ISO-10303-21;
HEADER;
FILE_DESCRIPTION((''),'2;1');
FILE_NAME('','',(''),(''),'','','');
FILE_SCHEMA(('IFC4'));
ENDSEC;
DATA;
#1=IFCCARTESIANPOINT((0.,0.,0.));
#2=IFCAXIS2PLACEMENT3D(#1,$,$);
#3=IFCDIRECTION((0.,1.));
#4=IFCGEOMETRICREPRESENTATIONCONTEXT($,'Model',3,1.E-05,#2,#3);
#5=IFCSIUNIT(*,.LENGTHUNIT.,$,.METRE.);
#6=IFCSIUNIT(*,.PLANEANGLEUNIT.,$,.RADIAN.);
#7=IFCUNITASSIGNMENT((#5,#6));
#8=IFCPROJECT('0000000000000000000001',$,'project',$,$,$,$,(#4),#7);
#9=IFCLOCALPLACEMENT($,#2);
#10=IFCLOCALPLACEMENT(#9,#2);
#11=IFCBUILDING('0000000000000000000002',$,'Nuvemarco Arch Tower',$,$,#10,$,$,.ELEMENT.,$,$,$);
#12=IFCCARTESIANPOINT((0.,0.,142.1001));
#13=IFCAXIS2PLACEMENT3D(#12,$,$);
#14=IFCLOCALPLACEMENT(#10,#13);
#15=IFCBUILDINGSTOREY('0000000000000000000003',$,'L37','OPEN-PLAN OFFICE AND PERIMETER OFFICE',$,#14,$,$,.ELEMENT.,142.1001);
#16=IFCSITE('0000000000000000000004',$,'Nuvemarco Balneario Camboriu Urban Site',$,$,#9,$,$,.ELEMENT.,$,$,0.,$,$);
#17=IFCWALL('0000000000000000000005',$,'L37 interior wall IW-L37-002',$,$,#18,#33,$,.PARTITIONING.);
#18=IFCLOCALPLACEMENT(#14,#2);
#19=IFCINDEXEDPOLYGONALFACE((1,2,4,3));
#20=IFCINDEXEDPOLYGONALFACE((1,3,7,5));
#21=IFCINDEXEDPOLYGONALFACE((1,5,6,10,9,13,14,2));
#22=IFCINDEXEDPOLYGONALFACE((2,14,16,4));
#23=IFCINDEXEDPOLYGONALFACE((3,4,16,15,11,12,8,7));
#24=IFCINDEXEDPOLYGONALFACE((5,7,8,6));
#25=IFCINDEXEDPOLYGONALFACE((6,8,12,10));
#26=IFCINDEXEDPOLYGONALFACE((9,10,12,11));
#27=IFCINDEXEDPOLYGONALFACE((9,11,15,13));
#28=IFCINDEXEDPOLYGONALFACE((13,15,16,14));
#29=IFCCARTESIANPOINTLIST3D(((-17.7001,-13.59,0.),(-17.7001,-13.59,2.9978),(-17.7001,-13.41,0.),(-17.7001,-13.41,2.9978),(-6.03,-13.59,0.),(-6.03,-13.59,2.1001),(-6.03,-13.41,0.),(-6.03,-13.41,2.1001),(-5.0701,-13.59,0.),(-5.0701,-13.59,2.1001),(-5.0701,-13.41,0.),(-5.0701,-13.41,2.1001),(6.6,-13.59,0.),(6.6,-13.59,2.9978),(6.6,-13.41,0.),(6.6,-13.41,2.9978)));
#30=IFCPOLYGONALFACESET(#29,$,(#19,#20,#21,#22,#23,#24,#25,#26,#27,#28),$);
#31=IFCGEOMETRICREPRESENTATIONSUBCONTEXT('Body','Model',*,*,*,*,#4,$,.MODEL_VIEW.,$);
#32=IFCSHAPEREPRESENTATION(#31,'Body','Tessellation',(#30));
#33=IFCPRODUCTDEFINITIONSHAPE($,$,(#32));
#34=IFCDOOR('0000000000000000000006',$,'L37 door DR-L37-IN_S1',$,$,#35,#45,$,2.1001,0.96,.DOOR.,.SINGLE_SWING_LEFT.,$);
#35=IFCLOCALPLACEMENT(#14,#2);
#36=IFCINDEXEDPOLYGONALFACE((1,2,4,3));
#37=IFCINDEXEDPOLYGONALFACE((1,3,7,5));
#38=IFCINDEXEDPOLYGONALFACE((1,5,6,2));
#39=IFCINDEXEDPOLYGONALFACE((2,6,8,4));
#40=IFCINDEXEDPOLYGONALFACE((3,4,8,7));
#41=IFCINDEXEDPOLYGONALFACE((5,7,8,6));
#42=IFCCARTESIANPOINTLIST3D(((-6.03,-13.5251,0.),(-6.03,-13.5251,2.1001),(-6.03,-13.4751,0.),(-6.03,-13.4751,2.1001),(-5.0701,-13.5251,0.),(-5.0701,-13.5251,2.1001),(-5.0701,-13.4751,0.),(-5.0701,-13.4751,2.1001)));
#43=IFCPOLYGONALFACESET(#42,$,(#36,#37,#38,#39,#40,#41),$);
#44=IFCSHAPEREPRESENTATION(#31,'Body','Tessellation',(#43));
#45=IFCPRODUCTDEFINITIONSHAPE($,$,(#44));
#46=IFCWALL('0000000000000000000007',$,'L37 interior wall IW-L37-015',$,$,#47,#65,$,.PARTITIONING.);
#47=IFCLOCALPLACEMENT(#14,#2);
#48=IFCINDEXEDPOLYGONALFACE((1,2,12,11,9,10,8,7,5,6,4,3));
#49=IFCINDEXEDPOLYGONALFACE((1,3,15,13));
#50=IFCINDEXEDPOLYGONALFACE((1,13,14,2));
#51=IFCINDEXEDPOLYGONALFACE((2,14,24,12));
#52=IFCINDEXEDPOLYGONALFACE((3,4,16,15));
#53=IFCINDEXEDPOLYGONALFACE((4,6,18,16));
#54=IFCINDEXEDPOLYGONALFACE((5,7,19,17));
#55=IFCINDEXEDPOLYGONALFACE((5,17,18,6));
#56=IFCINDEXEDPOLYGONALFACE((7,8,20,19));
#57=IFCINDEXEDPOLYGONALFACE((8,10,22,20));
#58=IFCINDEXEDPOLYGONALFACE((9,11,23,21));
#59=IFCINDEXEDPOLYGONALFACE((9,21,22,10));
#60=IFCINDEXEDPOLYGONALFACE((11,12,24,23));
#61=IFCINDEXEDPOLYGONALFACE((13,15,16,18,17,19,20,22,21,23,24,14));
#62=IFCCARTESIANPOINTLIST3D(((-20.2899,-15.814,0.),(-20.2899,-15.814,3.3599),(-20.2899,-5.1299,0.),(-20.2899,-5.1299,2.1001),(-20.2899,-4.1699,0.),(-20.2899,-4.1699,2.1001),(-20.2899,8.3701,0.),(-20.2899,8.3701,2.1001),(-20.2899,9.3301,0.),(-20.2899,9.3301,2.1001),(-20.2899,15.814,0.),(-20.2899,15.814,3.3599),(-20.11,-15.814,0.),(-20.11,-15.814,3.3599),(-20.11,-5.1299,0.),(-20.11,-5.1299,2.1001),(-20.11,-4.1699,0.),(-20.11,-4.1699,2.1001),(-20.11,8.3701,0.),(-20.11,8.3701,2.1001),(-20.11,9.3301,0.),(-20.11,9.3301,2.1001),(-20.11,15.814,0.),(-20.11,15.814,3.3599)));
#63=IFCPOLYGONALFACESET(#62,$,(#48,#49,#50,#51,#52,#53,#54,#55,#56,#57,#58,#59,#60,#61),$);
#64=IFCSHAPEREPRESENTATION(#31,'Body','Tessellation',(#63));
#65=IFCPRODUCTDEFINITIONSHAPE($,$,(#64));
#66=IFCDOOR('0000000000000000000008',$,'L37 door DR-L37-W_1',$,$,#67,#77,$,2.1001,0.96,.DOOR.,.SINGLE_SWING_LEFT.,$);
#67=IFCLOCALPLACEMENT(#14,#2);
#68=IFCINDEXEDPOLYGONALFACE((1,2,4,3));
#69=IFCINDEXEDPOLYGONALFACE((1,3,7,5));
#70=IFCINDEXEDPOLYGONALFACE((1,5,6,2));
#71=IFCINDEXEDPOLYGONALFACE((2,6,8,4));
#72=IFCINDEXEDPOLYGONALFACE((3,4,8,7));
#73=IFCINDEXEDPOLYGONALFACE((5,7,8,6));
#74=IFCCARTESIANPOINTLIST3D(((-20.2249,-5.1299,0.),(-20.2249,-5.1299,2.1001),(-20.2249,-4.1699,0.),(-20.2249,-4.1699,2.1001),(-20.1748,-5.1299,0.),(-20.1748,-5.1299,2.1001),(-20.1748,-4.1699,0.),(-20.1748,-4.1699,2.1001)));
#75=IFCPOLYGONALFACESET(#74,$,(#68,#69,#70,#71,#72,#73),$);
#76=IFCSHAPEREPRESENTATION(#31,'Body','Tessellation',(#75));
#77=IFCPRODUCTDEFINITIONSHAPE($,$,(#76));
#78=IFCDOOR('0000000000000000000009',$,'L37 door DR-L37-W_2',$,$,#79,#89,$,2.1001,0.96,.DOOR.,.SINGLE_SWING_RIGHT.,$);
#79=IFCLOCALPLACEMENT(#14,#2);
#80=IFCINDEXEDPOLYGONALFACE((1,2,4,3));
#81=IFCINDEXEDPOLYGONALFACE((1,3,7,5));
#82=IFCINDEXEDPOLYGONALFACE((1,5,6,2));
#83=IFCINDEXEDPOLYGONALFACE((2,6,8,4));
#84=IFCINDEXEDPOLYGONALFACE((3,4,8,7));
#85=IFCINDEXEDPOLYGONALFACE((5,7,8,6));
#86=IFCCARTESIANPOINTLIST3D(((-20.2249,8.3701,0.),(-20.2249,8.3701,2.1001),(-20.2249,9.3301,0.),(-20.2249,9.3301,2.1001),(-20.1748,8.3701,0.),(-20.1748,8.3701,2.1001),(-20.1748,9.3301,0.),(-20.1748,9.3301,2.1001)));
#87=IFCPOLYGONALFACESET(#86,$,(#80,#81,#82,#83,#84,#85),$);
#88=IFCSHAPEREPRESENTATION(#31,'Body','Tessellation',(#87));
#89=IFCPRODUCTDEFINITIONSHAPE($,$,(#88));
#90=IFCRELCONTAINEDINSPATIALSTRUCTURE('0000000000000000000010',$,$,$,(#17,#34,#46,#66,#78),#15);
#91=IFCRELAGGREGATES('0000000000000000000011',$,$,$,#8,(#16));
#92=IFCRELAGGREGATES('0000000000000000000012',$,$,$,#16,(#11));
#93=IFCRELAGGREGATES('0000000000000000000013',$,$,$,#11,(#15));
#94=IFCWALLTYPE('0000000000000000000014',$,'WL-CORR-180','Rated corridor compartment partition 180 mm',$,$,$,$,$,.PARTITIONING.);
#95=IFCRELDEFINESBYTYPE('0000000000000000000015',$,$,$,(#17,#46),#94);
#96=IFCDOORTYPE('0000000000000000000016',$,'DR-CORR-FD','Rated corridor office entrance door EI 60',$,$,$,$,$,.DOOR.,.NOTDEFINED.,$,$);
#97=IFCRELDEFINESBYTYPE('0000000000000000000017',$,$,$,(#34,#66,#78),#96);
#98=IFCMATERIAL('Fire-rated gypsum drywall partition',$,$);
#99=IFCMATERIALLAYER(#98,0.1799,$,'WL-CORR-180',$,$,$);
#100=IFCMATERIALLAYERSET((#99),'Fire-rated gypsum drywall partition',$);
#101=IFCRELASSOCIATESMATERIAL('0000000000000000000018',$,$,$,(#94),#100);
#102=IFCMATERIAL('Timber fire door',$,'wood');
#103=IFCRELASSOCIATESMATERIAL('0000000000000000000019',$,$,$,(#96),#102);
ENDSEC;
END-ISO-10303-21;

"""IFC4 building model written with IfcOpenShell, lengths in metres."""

from ifc_helpers import new_model, si_unit, direction, frame, frame_2d, origin, place, context, subcontext, project, spatial, rectangle, extrude, source, transform, mapped, material, layer, layer_set, type_object, type_shapes, element, fill, save


model = new_model("IFC4")

# Units and contexts
model_context = context("Model", 3, precision=1e-05, world=origin(), true_north=direction((0.0, 1.0)))
body_context = subcontext(model_context, "Body", "Model", "MODEL_VIEW")
ifc_project = project(units=[si_unit("LENGTHUNIT", "METRE"), si_unit("PLANEANGLEUNIT", "RADIAN")], contexts=[model_context])

# Site, building, storey
site_placement = place(None, origin())
site = spatial("IfcSite", under=ifc_project, at=site_placement, Name="Nuvemarco Balneario Camboriu Urban Site", CompositionType="ELEMENT", RefElevation=0.0)
building_placement = place(site_placement, origin())
building = spatial("IfcBuilding", under=site, at=building_placement, Name="Nuvemarco Arch Tower", CompositionType="ELEMENT")
storey_placement = place(building_placement, frame((0.0, 0.0, 142.1001)))
storey = spatial("IfcBuildingStorey", under=building, at=storey_placement, Name="L37", Description="OPEN-PLAN OFFICE AND PERIMETER OFFICE", CompositionType="ELEMENT", Elevation=142.1001)

# Shared definitions
ifc_material_1 = material(Name="Fire-rated gypsum drywall partition")
ifc_layer = layer(ifc_material_1, 0.1799, Name="WL-CORR-180")
ifc_layer_set = layer_set([ifc_layer], Name="Fire-rated gypsum drywall partition")
wall_type = type_object("IfcWallType", Name="WL-CORR-180", Description="Rated corridor compartment partition 180 mm", PredefinedType="PARTITIONING", material=ifc_layer_set)
ifc_material_2 = material(Name="Timber fire door", Category="wood")
door_type = type_object("IfcDoorType", Name="DR-CORR-FD", Description="Rated corridor office entrance door EI 60", OperationType="NOTDEFINED", PredefinedType="DOOR", material=ifc_material_2)
shared_shape = source(origin(), body_context, "Body", "SweptSolid", [
    extrude(rectangle(XDim=0.96, YDim=2.1001, at=frame_2d((0.48, 1.05))), frame((0.0, 0.0249, 0.0), z_axis=(0.0, -1.0, 0.0), x_axis=(1.0, 0.0, 0.0)), (0.0, 0.0, 1.0), 0.05),
])
type_shapes(door_type, [shared_shape])

# Wall, opening, door
wall_1_placement = place(storey_placement, frame((-17.7, -13.5, 0.0), z_axis=(0.0, 0.0, 1.0), x_axis=(1.0, 0.0, 0.0)))
wall_1 = element("IfcWall", 1, at=wall_1_placement, inside=storey, type_object=wall_type, Name="L37 interior wall IW-L37-002", PredefinedType="PARTITIONING", context=body_context, shape_type="SweptSolid", body=[
    extrude(rectangle(XDim=24.3, YDim=0.1799, at=frame_2d((12.1499, 0.0))), origin(), (0.0, 0.0, 1.0), 2.9978),
])
opening_1_placement = place(wall_1_placement, frame((11.6699, 0.0, 0.0)))
opening_1 = element("IfcOpeningElement", 2, at=opening_1_placement, cuts=wall_1, PredefinedType="OPENING", context=body_context, shape_type="SweptSolid", body=[
    extrude(rectangle(XDim=0.96, YDim=2.1001, at=frame_2d((0.48, 1.05))), frame((0.0, 0.0999, 0.0), z_axis=(0.0, -1.0, 0.0), x_axis=(1.0, 0.0, 0.0)), (0.0, 0.0, 1.0), 0.2),
])
door_1_placement = place(opening_1_placement, origin())
door_1 = element("IfcDoor", 3, at=door_1_placement, inside=storey, type_object=door_type, Name="L37 door DR-L37-IN_S1", OperationType="SINGLE_SWING_LEFT", OverallHeight=2.1001, OverallWidth=0.96, PredefinedType="DOOR", context=body_context, shape_type="MappedRepresentation", body=[
    mapped(shared_shape, transform((0.0, 0.0, 0.0), scale=1.0)),
])
fill(opening_1, door_1)

# Wall, openings, doors
wall_2_placement = place(storey_placement, frame((-20.2, -15.814, 0.0), z_axis=(0.0, 0.0, 1.0), x_axis=(0.0, 1.0, 0.0)))
wall_2 = element("IfcWall", 4, at=wall_2_placement, inside=storey, type_object=wall_type, Name="L37 interior wall IW-L37-015", PredefinedType="PARTITIONING", context=body_context, shape_type="SweptSolid", body=[
    extrude(rectangle(XDim=31.6279, YDim=0.1799, at=frame_2d((15.814, 0.0))), origin(), (0.0, 0.0, 1.0), 3.3599),
])
opening_2_placement = place(wall_2_placement, frame((10.6841, 0.0, 0.0)))
opening_2 = element("IfcOpeningElement", 5, at=opening_2_placement, cuts=wall_2, PredefinedType="OPENING", context=body_context, shape_type="SweptSolid", body=[
    extrude(rectangle(XDim=0.96, YDim=2.1001, at=frame_2d((0.48, 1.05))), frame((0.0, 0.0999, 0.0), z_axis=(0.0, -1.0, 0.0), x_axis=(1.0, 0.0, 0.0)), (0.0, 0.0, 1.0), 0.2),
])
opening_3_placement = place(wall_2_placement, frame((24.1841, 0.0, 0.0)))
opening_3 = element("IfcOpeningElement", 6, at=opening_3_placement, cuts=wall_2, PredefinedType="OPENING", context=body_context, shape_type="SweptSolid", body=[
    extrude(rectangle(XDim=0.96, YDim=2.1001, at=frame_2d((0.48, 1.05))), frame((0.0, 0.0999, 0.0), z_axis=(0.0, -1.0, 0.0), x_axis=(1.0, 0.0, 0.0)), (0.0, 0.0, 1.0), 0.2),
])
door_2_placement = place(opening_2_placement, origin())
door_2 = element("IfcDoor", 7, at=door_2_placement, inside=storey, type_object=door_type, Name="L37 door DR-L37-W_1", OperationType="SINGLE_SWING_LEFT", OverallHeight=2.1001, OverallWidth=0.96, PredefinedType="DOOR", context=body_context, shape_type="MappedRepresentation", body=[
    mapped(shared_shape, transform((0.0, 0.0, 0.0), scale=1.0)),
])
fill(opening_2, door_2)
door_3_placement = place(opening_3_placement, origin())
door_3 = element("IfcDoor", 8, at=door_3_placement, inside=storey, type_object=door_type, Name="L37 door DR-L37-W_2", OperationType="SINGLE_SWING_RIGHT", OverallHeight=2.1001, OverallWidth=0.96, PredefinedType="DOOR", context=body_context, shape_type="MappedRepresentation", body=[
    mapped(shared_shape, transform((0.0, 0.0, 0.0), scale=1.0)),
])
fill(opening_3, door_3)

save(model, "model.ifc")
